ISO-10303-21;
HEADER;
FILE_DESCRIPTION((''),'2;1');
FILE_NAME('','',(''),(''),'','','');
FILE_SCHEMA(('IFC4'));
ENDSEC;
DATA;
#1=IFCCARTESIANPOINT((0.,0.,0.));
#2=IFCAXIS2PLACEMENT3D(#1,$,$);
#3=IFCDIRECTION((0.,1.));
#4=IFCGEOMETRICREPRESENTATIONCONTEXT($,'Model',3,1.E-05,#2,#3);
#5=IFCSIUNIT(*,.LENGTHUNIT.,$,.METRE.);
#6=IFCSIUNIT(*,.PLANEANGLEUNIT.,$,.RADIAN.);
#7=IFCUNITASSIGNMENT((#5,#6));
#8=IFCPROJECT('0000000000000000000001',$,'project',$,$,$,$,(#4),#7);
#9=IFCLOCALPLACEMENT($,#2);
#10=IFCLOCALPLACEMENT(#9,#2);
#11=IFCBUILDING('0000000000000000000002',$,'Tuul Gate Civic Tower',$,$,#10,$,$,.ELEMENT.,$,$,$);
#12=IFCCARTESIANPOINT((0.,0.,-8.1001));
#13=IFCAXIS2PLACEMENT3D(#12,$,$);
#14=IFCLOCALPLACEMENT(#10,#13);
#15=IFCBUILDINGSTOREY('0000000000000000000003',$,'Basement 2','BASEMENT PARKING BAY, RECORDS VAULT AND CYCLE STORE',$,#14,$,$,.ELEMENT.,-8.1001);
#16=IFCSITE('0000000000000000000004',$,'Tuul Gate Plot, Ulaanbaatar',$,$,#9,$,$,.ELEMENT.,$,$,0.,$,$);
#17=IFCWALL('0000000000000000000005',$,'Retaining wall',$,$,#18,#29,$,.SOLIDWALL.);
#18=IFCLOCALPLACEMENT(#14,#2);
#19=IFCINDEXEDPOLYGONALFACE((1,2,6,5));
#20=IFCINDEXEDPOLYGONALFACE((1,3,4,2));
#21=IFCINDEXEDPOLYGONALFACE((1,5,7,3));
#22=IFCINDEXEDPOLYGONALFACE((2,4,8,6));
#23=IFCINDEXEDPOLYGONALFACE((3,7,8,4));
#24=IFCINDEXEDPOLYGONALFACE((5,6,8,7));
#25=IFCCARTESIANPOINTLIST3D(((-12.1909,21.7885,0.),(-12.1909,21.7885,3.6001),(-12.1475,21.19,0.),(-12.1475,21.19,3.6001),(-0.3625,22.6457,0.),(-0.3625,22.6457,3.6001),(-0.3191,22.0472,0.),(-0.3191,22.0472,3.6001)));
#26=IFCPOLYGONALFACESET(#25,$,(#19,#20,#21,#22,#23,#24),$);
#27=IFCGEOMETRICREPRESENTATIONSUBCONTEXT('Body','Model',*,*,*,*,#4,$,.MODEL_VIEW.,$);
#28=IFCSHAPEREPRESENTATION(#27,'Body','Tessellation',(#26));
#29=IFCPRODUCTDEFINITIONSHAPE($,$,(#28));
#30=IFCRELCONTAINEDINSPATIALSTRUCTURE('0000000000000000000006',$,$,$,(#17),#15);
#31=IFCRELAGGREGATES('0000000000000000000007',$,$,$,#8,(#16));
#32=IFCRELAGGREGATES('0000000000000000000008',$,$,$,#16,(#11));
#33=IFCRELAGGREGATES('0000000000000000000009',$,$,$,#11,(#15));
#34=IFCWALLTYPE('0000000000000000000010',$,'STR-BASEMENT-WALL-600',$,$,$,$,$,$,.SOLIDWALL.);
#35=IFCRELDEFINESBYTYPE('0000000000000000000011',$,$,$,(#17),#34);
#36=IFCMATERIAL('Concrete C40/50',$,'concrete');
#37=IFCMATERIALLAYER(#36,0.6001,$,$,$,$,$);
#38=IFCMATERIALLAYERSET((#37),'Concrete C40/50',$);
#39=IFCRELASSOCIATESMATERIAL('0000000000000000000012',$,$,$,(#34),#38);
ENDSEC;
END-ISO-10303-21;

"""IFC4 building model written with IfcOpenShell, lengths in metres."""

from ifc_helpers import new_model, si_unit, direction, frame, frame_2d, origin, place, context, subcontext, project, spatial, rectangle, extrude, material, layer, layer_set, type_object, element, save


model = new_model("IFC4")

# Units and contexts
model_context = context("Model", 3, precision=1e-05, world=origin(), true_north=direction((0.0, 1.0)))
body_context = subcontext(model_context, "Body", "Model", "MODEL_VIEW")
ifc_project = project(units=[si_unit("LENGTHUNIT", "METRE"), si_unit("PLANEANGLEUNIT", "RADIAN")], contexts=[model_context])

# Site, building, storey
site_placement = place(None, origin())
site = spatial("IfcSite", under=ifc_project, at=site_placement, Name="Tuul Gate Plot, Ulaanbaatar", CompositionType="ELEMENT", RefElevation=0.0)
building_placement = place(site_placement, origin())
building = spatial("IfcBuilding", under=site, at=building_placement, Name="Tuul Gate Civic Tower", CompositionType="ELEMENT")
storey_placement = place(building_placement, frame((0.0, 0.0, -8.1001)))
storey = spatial("IfcBuildingStorey", under=building, at=storey_placement, Name="Basement 2", Description="BASEMENT PARKING BAY, RECORDS VAULT AND CYCLE STORE", CompositionType="ELEMENT", Elevation=-8.1001)

# Wall
ifc_material_1 = material(Name="Concrete C40/50", Category="concrete")
ifc_layer_1 = layer(ifc_material_1, 0.6001)
ifc_layer_set_1 = layer_set([ifc_layer_1], Name="Concrete C40/50")
wall_type_1 = type_object("IfcWallType", Name="STR-BASEMENT-WALL-600", PredefinedType="SOLIDWALL", material=ifc_layer_set_1)
wall_1_placement = place(storey_placement, frame((-0.3408, 22.3464, 0.0), z_axis=(0.0, 0.0, 1.0), x_axis=(-0.997384, -0.072278, 0.0)))
element("IfcWall", 1, at=wall_1_placement, inside=storey, type_object=wall_type_1, Name="Retaining wall", PredefinedType="SOLIDWALL", context=body_context, shape_type="SweptSolid", body=[
    extrude(rectangle(XDim=11.8594, YDim=0.6001, at=frame_2d((5.9297, 0.0))), origin(), (0.0, 0.0, 1.0), 3.6001),
])

save(model, "model.ifc")
